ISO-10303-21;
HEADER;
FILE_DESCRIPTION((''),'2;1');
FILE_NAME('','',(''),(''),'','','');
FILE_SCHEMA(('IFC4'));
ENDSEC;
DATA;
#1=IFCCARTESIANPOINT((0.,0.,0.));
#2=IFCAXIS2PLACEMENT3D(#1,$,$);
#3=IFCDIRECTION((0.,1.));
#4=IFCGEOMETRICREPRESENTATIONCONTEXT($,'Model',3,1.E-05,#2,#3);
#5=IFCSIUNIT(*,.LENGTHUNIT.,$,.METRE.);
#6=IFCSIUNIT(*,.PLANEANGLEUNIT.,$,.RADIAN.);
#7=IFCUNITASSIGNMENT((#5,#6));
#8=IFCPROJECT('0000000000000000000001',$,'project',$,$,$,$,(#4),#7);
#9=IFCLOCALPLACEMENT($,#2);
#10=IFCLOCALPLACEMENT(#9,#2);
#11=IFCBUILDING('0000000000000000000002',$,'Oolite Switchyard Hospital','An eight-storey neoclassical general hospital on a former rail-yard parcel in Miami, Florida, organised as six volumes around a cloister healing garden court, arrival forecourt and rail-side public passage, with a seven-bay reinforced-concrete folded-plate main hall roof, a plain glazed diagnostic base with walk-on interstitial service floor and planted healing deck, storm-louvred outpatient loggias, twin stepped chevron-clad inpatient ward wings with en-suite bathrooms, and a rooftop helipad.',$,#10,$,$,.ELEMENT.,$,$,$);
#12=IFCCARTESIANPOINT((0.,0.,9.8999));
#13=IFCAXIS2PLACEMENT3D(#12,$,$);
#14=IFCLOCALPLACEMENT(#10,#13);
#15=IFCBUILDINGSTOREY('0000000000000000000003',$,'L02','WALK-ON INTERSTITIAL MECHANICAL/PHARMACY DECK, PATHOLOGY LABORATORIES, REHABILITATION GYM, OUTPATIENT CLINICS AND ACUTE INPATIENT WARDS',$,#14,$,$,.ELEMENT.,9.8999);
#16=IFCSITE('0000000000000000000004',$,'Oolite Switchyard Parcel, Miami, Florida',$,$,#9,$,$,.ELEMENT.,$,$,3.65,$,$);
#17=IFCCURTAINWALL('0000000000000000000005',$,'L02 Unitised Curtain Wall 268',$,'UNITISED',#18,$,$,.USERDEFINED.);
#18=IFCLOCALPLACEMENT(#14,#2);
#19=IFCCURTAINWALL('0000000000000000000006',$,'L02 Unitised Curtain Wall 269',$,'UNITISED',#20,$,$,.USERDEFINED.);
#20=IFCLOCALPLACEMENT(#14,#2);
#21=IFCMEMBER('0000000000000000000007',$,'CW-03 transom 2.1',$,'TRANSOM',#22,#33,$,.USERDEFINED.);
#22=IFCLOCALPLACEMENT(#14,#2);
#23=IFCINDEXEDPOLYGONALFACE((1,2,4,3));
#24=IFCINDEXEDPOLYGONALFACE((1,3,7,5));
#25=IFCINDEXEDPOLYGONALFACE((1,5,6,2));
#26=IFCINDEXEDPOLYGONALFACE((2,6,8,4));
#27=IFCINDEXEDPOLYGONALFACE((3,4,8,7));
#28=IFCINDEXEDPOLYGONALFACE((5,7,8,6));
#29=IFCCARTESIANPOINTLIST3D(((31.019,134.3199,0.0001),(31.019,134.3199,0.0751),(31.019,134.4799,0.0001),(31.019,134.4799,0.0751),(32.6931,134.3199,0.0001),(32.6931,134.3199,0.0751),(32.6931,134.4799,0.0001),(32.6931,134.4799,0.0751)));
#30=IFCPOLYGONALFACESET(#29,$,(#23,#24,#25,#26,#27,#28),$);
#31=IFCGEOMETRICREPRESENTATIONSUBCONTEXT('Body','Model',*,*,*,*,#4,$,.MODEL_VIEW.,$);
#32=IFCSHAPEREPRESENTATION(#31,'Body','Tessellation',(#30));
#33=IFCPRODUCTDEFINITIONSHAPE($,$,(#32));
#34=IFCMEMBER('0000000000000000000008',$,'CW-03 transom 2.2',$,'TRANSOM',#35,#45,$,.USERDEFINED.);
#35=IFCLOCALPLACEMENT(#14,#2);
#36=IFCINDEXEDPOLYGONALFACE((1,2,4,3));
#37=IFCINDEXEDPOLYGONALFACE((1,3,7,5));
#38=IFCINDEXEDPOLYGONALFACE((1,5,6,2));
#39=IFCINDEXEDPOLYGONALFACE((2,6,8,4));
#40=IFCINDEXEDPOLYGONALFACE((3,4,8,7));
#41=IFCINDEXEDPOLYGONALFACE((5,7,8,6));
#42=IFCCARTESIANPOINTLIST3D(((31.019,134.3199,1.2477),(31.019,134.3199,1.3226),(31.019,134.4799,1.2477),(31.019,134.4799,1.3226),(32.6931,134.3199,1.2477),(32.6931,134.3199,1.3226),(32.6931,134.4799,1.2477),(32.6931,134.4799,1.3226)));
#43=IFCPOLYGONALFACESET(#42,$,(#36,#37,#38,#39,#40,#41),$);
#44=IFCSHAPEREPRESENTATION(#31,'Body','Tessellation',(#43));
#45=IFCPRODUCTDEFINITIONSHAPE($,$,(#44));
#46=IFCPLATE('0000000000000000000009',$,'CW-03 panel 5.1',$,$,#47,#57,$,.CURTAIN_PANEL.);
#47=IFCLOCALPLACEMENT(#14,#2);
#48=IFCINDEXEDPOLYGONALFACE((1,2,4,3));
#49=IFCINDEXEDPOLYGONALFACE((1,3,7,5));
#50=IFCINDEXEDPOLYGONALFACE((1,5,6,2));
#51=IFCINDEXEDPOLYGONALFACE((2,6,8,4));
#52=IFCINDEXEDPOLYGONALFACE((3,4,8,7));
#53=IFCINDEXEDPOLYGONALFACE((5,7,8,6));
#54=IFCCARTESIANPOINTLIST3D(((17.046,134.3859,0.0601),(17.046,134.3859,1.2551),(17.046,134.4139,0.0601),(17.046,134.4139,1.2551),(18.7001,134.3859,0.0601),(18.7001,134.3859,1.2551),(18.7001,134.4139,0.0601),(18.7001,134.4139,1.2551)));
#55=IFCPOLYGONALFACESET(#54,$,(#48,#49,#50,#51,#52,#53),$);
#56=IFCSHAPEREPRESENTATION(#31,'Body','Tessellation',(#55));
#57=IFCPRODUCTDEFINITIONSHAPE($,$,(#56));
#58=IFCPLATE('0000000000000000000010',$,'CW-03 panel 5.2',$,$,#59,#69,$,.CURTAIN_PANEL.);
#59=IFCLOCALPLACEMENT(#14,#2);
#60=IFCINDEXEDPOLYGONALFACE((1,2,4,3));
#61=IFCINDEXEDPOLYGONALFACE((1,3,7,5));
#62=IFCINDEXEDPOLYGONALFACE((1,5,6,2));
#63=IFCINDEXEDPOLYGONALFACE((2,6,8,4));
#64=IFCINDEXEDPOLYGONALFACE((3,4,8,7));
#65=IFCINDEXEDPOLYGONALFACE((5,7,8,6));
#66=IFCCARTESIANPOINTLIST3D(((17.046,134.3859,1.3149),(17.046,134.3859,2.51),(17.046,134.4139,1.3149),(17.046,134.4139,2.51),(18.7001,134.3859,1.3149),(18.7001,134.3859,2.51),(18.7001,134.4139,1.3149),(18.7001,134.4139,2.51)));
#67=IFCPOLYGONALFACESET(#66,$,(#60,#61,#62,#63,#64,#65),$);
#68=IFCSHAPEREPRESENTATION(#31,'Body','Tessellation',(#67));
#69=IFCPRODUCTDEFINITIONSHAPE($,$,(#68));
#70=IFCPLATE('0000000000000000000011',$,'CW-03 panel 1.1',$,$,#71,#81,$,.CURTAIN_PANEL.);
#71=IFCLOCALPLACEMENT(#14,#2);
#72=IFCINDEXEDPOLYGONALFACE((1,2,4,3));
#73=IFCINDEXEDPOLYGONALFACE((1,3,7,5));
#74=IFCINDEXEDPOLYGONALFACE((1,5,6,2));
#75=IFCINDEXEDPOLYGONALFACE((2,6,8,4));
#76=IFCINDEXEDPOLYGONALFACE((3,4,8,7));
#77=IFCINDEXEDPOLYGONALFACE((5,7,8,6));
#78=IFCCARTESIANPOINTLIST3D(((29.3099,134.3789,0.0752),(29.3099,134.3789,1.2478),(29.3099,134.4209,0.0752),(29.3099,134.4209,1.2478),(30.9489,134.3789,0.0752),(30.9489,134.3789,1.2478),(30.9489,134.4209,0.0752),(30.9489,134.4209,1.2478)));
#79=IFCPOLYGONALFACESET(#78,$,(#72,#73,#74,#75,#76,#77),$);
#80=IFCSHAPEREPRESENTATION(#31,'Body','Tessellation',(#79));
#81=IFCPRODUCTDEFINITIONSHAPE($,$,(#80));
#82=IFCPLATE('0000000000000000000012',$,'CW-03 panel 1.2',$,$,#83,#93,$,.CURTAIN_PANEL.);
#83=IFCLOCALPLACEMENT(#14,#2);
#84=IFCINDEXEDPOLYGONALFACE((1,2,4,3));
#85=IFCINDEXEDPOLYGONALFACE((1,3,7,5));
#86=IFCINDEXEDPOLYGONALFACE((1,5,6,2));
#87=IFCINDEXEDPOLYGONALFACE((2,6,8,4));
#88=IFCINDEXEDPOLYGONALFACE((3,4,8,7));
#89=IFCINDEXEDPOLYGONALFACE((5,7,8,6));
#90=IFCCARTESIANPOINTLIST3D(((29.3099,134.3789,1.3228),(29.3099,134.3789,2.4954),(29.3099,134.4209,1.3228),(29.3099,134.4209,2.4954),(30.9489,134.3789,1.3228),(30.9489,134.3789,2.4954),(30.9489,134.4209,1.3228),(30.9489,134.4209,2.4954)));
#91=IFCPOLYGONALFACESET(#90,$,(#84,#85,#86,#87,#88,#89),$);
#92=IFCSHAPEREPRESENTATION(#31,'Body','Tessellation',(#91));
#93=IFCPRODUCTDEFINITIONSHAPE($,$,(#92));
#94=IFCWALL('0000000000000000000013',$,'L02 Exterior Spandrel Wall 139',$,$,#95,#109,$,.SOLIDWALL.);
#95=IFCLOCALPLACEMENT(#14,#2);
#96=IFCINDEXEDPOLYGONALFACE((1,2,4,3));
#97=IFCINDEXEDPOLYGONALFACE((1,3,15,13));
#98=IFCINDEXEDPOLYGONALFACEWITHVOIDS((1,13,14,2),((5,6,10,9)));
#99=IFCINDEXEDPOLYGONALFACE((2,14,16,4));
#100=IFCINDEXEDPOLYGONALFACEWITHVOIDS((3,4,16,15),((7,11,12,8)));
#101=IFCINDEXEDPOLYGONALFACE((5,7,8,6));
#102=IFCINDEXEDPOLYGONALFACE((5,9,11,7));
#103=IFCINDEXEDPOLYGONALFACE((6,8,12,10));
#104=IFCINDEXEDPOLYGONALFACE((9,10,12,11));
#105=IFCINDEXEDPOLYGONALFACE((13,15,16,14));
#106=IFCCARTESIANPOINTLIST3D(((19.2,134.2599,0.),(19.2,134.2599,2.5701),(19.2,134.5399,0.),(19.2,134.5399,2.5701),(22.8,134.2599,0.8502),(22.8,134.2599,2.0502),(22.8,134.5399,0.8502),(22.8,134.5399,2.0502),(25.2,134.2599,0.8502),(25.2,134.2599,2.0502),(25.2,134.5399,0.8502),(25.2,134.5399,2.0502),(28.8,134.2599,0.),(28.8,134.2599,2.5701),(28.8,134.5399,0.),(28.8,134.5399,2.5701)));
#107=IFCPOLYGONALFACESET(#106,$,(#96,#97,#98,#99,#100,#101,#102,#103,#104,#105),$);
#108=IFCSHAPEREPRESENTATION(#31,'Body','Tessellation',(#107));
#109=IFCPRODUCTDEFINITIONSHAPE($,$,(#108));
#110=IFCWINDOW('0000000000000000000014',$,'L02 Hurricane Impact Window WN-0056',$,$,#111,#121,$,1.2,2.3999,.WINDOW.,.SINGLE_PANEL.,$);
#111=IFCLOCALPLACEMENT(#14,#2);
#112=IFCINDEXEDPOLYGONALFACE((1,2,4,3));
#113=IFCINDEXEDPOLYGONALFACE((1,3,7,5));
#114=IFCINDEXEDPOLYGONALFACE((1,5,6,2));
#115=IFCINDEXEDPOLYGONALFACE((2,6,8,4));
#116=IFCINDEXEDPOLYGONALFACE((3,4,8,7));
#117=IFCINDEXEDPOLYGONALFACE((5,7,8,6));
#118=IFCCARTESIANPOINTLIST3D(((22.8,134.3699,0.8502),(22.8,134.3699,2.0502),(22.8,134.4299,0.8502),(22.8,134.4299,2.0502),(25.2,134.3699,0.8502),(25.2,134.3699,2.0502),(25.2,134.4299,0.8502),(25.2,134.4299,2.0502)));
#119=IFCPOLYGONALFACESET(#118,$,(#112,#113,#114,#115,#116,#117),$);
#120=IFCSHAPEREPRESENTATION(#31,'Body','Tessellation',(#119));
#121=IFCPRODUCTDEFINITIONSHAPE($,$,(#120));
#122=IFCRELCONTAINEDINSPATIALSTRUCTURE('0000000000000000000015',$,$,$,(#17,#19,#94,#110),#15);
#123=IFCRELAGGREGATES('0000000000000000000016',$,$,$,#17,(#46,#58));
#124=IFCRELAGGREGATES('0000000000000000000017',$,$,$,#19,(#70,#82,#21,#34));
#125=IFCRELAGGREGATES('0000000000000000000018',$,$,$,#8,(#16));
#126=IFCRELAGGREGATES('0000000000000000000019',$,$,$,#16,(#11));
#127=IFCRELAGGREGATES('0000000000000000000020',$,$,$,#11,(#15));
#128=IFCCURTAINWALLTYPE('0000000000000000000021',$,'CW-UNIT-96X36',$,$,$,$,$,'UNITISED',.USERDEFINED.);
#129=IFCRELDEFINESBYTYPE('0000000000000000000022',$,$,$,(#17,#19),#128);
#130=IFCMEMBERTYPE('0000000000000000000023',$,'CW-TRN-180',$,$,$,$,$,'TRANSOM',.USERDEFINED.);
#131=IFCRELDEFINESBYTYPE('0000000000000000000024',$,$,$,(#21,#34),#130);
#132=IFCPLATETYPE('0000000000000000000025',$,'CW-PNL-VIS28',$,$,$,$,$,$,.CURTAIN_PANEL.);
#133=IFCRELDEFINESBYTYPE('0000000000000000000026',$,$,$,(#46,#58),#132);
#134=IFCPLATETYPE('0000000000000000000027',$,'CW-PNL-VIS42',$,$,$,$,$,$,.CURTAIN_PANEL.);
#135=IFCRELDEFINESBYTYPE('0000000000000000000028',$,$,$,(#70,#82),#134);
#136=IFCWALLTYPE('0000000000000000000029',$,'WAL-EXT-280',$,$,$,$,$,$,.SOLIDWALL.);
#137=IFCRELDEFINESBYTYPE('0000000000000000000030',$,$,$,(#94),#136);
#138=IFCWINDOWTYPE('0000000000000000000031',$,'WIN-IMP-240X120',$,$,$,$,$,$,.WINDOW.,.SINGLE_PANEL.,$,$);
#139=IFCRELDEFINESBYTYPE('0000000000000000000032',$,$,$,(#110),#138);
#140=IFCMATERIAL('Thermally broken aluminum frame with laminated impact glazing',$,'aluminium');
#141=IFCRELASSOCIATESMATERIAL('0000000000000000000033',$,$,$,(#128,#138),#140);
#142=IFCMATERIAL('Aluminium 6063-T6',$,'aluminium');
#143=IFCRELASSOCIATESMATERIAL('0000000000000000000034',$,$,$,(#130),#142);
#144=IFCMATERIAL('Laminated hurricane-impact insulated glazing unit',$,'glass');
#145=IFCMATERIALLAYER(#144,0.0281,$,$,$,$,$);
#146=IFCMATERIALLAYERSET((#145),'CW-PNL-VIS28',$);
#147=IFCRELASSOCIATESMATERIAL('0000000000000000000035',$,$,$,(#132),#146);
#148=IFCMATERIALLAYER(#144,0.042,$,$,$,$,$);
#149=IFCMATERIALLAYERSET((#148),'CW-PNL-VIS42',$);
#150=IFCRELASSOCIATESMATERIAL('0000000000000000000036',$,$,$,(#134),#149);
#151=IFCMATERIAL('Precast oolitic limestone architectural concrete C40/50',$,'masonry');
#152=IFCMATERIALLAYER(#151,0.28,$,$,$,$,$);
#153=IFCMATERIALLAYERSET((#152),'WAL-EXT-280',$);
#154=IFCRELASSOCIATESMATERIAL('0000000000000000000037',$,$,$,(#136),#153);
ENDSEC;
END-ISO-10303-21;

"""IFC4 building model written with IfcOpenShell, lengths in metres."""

from ifc_helpers import new_model, si_unit, direction, frame, frame_2d, origin, origin_2d, place, context, subcontext, project, spatial, rectangle, extrude, material, layer, layer_set, material_profile, profile_set, type_object, element, fill, aggregate, save


model = new_model("IFC4")

# Units and contexts
model_context = context("Model", 3, precision=1e-05, world=origin(), true_north=direction((0.0, 1.0)))
body_context = subcontext(model_context, "Body", "Model", "MODEL_VIEW")
ifc_project = project(units=[si_unit("LENGTHUNIT", "METRE"), si_unit("PLANEANGLEUNIT", "RADIAN")], contexts=[model_context])

# Site, building, storey
site_placement = place(None, origin())
site = spatial("IfcSite", under=ifc_project, at=site_placement, Name="Oolite Switchyard Parcel, Miami, Florida", CompositionType="ELEMENT", RefElevation=3.65)
building_placement = place(site_placement, origin())
building = spatial("IfcBuilding", under=site, at=building_placement, Name="Oolite Switchyard Hospital", Description="An eight-storey neoclassical general hospital on a former rail-yard parcel in Miami, Florida, organised as six volumes around a cloister healing garden court, arrival forecourt and rail-side public passage, with a seven-bay reinforced-concrete folded-plate main hall roof, a plain glazed diagnostic base with walk-on interstitial service floor and planted healing deck, storm-louvred outpatient loggias, twin stepped chevron-clad inpatient ward wings with en-suite bathrooms, and a rooftop helipad.", CompositionType="ELEMENT")
storey_placement = place(building_placement, frame((0.0, 0.0, 9.8999)))
storey = spatial("IfcBuildingStorey", under=building, at=storey_placement, Name="L02", Description="WALK-ON INTERSTITIAL MECHANICAL/PHARMACY DECK, PATHOLOGY LABORATORIES, REHABILITATION GYM, OUTPATIENT CLINICS AND ACUTE INPATIENT WARDS", CompositionType="ELEMENT", Elevation=9.8999)

# Curtain walls
ifc_material_1 = material(Name="Thermally broken aluminum frame with laminated impact glazing", Category="aluminium")
curtain_wall_type = type_object("IfcCurtainWallType", Name="CW-UNIT-96X36", ElementType="UNITISED", PredefinedType="USERDEFINED", material=ifc_material_1)
curtain_wall_1_placement = place(storey_placement, origin())
curtain_wall_1 = element("IfcCurtainWall", 1, at=curtain_wall_1_placement, inside=storey, type_object=curtain_wall_type, Name="L02 Unitised Curtain Wall 268", ObjectType="UNITISED", PredefinedType="USERDEFINED")
ifc_material_2 = material(Name="Aluminium 6063-T6", Category="aluminium")
curtain_wall_2_placement = place(storey_placement, origin())
curtain_wall_2 = element("IfcCurtainWall", 2, at=curtain_wall_2_placement, inside=storey, type_object=curtain_wall_type, Name="L02 Unitised Curtain Wall 269", ObjectType="UNITISED", PredefinedType="USERDEFINED")

# Members
ifc_material_profile_1 = material_profile(ifc_material_2, rectangle(XDim=0.1599, YDim=0.075, at=origin_2d()), Name="CWT75X160")
ifc_profile_set_1 = profile_set([ifc_material_profile_1], Name="Aluminium 6063-T6")
member_type_1 = type_object("IfcMemberType", Name="CW-TRN-180", ElementType="TRANSOM", PredefinedType="USERDEFINED", material=ifc_profile_set_1)
member_1_placement = place(storey_placement, frame((31.019, 134.3999, 0.0376), z_axis=(1.0, 0.0, 0.0), x_axis=(0.0, 1.0, 0.0)))
member_1 = element("IfcMember", 3, at=member_1_placement, type_object=member_type_1, Name="CW-03 transom 2.1", ObjectType="TRANSOM", PredefinedType="USERDEFINED", context=body_context, shape_type="SweptSolid", body=[
    extrude(rectangle(XDim=0.1599, YDim=0.075, at=origin_2d()), origin(), (0.0, 0.0, 1.0), 1.6741),
])
member_2_placement = place(storey_placement, frame((31.019, 134.3999, 1.2852), z_axis=(1.0, 0.0, 0.0), x_axis=(0.0, 1.0, 0.0)))
member_2 = element("IfcMember", 4, at=member_2_placement, type_object=member_type_1, Name="CW-03 transom 2.2", ObjectType="TRANSOM", PredefinedType="USERDEFINED", context=body_context, shape_type="SweptSolid", body=[
    extrude(rectangle(XDim=0.1599, YDim=0.075, at=origin_2d()), origin(), (0.0, 0.0, 1.0), 1.6741),
])

# Plates
ifc_material_3 = material(Name="Laminated hurricane-impact insulated glazing unit", Category="glass")
ifc_layer_1 = layer(ifc_material_3, 0.0281)
ifc_layer_set_1 = layer_set([ifc_layer_1], Name="CW-PNL-VIS28")
plate_type_1 = type_object("IfcPlateType", Name="CW-PNL-VIS28", PredefinedType="CURTAIN_PANEL", material=ifc_layer_set_1)
plate_1_placement = place(storey_placement, frame((17.873, 134.3999, 0.0601), z_axis=(0.0, 0.0, 1.0), x_axis=(1.0, 0.0, 0.0)))
plate_1 = element("IfcPlate", 5, at=plate_1_placement, type_object=plate_type_1, Name="CW-03 panel 5.1", PredefinedType="CURTAIN_PANEL", context=body_context, shape_type="SweptSolid", body=[
    extrude(rectangle(XDim=1.6541, YDim=0.0281, at=origin_2d()), origin(), (0.0, 0.0, 1.0), 1.1951),
])
plate_2_placement = place(storey_placement, frame((17.873, 134.3999, 1.3149), z_axis=(0.0, 0.0, 1.0), x_axis=(1.0, 0.0, 0.0)))
plate_2 = element("IfcPlate", 6, at=plate_2_placement, type_object=plate_type_1, Name="CW-03 panel 5.2", PredefinedType="CURTAIN_PANEL", context=body_context, shape_type="SweptSolid", body=[
    extrude(rectangle(XDim=1.6541, YDim=0.0281, at=origin_2d()), origin(), (0.0, 0.0, 1.0), 1.1951),
])
aggregate(curtain_wall_1, [plate_1, plate_2])
ifc_layer_2 = layer(ifc_material_3, 0.042)
ifc_layer_set_2 = layer_set([ifc_layer_2], Name="CW-PNL-VIS42")
plate_type_2 = type_object("IfcPlateType", Name="CW-PNL-VIS42", PredefinedType="CURTAIN_PANEL", material=ifc_layer_set_2)
plate_3_placement = place(storey_placement, frame((30.1294, 134.3999, 0.0752), z_axis=(0.0, 0.0, 1.0), x_axis=(1.0, 0.0, 0.0)))
plate_3 = element("IfcPlate", 7, at=plate_3_placement, type_object=plate_type_2, Name="CW-03 panel 1.1", PredefinedType="CURTAIN_PANEL", context=body_context, shape_type="SweptSolid", body=[
    extrude(rectangle(XDim=1.6389, YDim=0.042, at=origin_2d()), origin(), (0.0, 0.0, 1.0), 1.1726),
])
plate_4_placement = place(storey_placement, frame((30.1294, 134.3999, 1.3228), z_axis=(0.0, 0.0, 1.0), x_axis=(1.0, 0.0, 0.0)))
plate_4 = element("IfcPlate", 8, at=plate_4_placement, type_object=plate_type_2, Name="CW-03 panel 1.2", PredefinedType="CURTAIN_PANEL", context=body_context, shape_type="SweptSolid", body=[
    extrude(rectangle(XDim=1.6389, YDim=0.042, at=origin_2d()), origin(), (0.0, 0.0, 1.0), 1.1726),
])
aggregate(curtain_wall_2, [plate_3, plate_4, member_1, member_2])

# Wall, opening, window
ifc_material_4 = material(Name="Precast oolitic limestone architectural concrete C40/50", Category="masonry")
ifc_layer_3 = layer(ifc_material_4, 0.28)
ifc_layer_set_3 = layer_set([ifc_layer_3], Name="WAL-EXT-280")
wall_type = type_object("IfcWallType", Name="WAL-EXT-280", PredefinedType="SOLIDWALL", material=ifc_layer_set_3)
wall_placement = place(storey_placement, frame((19.2, 134.3999, 0.0), z_axis=(0.0, 0.0, 1.0), x_axis=(1.0, 0.0, 0.0)))
wall = element("IfcWall", 9, at=wall_placement, inside=storey, type_object=wall_type, Name="L02 Exterior Spandrel Wall 139", PredefinedType="SOLIDWALL", context=body_context, shape_type="SweptSolid", body=[
    extrude(rectangle(XDim=9.6001, YDim=0.28, at=frame_2d((4.8, 0.0))), origin(), (0.0, 0.0, 1.0), 2.5701),
])
opening_placement = place(wall_placement, frame((3.6001, 0.0, 0.8501)))
opening = element("IfcOpeningElement", 10, at=opening_placement, cuts=wall, PredefinedType="OPENING", context=body_context, shape_type="SweptSolid", body=[
    extrude(rectangle(XDim=2.3999, YDim=1.2, at=frame_2d((1.2, 0.6001))), frame((0.0, 0.1499, 0.0), z_axis=(0.0, -1.0, 0.0), x_axis=(1.0, 0.0, 0.0)), (0.0, 0.0, 1.0), 0.3),
])
window_type = type_object("IfcWindowType", Name="WIN-IMP-240X120", PartitioningType="SINGLE_PANEL", PredefinedType="WINDOW", material=ifc_material_1)
window_placement = place(opening_placement, origin())
window = element("IfcWindow", 11, at=window_placement, inside=storey, type_object=window_type, Name="L02 Hurricane Impact Window WN-0056", OverallHeight=1.2, OverallWidth=2.3999, PartitioningType="SINGLE_PANEL", PredefinedType="WINDOW", context=body_context, shape_type="SweptSolid", body=[
    extrude(rectangle(XDim=2.3999, YDim=1.2, at=frame_2d((1.2, 0.6001))), frame((0.0, 0.03, 0.0), z_axis=(0.0, -1.0, 0.0), x_axis=(1.0, 0.0, 0.0)), (0.0, 0.0, 1.0), 0.0601),
])
fill(opening, window)

save(model, "model.ifc")
